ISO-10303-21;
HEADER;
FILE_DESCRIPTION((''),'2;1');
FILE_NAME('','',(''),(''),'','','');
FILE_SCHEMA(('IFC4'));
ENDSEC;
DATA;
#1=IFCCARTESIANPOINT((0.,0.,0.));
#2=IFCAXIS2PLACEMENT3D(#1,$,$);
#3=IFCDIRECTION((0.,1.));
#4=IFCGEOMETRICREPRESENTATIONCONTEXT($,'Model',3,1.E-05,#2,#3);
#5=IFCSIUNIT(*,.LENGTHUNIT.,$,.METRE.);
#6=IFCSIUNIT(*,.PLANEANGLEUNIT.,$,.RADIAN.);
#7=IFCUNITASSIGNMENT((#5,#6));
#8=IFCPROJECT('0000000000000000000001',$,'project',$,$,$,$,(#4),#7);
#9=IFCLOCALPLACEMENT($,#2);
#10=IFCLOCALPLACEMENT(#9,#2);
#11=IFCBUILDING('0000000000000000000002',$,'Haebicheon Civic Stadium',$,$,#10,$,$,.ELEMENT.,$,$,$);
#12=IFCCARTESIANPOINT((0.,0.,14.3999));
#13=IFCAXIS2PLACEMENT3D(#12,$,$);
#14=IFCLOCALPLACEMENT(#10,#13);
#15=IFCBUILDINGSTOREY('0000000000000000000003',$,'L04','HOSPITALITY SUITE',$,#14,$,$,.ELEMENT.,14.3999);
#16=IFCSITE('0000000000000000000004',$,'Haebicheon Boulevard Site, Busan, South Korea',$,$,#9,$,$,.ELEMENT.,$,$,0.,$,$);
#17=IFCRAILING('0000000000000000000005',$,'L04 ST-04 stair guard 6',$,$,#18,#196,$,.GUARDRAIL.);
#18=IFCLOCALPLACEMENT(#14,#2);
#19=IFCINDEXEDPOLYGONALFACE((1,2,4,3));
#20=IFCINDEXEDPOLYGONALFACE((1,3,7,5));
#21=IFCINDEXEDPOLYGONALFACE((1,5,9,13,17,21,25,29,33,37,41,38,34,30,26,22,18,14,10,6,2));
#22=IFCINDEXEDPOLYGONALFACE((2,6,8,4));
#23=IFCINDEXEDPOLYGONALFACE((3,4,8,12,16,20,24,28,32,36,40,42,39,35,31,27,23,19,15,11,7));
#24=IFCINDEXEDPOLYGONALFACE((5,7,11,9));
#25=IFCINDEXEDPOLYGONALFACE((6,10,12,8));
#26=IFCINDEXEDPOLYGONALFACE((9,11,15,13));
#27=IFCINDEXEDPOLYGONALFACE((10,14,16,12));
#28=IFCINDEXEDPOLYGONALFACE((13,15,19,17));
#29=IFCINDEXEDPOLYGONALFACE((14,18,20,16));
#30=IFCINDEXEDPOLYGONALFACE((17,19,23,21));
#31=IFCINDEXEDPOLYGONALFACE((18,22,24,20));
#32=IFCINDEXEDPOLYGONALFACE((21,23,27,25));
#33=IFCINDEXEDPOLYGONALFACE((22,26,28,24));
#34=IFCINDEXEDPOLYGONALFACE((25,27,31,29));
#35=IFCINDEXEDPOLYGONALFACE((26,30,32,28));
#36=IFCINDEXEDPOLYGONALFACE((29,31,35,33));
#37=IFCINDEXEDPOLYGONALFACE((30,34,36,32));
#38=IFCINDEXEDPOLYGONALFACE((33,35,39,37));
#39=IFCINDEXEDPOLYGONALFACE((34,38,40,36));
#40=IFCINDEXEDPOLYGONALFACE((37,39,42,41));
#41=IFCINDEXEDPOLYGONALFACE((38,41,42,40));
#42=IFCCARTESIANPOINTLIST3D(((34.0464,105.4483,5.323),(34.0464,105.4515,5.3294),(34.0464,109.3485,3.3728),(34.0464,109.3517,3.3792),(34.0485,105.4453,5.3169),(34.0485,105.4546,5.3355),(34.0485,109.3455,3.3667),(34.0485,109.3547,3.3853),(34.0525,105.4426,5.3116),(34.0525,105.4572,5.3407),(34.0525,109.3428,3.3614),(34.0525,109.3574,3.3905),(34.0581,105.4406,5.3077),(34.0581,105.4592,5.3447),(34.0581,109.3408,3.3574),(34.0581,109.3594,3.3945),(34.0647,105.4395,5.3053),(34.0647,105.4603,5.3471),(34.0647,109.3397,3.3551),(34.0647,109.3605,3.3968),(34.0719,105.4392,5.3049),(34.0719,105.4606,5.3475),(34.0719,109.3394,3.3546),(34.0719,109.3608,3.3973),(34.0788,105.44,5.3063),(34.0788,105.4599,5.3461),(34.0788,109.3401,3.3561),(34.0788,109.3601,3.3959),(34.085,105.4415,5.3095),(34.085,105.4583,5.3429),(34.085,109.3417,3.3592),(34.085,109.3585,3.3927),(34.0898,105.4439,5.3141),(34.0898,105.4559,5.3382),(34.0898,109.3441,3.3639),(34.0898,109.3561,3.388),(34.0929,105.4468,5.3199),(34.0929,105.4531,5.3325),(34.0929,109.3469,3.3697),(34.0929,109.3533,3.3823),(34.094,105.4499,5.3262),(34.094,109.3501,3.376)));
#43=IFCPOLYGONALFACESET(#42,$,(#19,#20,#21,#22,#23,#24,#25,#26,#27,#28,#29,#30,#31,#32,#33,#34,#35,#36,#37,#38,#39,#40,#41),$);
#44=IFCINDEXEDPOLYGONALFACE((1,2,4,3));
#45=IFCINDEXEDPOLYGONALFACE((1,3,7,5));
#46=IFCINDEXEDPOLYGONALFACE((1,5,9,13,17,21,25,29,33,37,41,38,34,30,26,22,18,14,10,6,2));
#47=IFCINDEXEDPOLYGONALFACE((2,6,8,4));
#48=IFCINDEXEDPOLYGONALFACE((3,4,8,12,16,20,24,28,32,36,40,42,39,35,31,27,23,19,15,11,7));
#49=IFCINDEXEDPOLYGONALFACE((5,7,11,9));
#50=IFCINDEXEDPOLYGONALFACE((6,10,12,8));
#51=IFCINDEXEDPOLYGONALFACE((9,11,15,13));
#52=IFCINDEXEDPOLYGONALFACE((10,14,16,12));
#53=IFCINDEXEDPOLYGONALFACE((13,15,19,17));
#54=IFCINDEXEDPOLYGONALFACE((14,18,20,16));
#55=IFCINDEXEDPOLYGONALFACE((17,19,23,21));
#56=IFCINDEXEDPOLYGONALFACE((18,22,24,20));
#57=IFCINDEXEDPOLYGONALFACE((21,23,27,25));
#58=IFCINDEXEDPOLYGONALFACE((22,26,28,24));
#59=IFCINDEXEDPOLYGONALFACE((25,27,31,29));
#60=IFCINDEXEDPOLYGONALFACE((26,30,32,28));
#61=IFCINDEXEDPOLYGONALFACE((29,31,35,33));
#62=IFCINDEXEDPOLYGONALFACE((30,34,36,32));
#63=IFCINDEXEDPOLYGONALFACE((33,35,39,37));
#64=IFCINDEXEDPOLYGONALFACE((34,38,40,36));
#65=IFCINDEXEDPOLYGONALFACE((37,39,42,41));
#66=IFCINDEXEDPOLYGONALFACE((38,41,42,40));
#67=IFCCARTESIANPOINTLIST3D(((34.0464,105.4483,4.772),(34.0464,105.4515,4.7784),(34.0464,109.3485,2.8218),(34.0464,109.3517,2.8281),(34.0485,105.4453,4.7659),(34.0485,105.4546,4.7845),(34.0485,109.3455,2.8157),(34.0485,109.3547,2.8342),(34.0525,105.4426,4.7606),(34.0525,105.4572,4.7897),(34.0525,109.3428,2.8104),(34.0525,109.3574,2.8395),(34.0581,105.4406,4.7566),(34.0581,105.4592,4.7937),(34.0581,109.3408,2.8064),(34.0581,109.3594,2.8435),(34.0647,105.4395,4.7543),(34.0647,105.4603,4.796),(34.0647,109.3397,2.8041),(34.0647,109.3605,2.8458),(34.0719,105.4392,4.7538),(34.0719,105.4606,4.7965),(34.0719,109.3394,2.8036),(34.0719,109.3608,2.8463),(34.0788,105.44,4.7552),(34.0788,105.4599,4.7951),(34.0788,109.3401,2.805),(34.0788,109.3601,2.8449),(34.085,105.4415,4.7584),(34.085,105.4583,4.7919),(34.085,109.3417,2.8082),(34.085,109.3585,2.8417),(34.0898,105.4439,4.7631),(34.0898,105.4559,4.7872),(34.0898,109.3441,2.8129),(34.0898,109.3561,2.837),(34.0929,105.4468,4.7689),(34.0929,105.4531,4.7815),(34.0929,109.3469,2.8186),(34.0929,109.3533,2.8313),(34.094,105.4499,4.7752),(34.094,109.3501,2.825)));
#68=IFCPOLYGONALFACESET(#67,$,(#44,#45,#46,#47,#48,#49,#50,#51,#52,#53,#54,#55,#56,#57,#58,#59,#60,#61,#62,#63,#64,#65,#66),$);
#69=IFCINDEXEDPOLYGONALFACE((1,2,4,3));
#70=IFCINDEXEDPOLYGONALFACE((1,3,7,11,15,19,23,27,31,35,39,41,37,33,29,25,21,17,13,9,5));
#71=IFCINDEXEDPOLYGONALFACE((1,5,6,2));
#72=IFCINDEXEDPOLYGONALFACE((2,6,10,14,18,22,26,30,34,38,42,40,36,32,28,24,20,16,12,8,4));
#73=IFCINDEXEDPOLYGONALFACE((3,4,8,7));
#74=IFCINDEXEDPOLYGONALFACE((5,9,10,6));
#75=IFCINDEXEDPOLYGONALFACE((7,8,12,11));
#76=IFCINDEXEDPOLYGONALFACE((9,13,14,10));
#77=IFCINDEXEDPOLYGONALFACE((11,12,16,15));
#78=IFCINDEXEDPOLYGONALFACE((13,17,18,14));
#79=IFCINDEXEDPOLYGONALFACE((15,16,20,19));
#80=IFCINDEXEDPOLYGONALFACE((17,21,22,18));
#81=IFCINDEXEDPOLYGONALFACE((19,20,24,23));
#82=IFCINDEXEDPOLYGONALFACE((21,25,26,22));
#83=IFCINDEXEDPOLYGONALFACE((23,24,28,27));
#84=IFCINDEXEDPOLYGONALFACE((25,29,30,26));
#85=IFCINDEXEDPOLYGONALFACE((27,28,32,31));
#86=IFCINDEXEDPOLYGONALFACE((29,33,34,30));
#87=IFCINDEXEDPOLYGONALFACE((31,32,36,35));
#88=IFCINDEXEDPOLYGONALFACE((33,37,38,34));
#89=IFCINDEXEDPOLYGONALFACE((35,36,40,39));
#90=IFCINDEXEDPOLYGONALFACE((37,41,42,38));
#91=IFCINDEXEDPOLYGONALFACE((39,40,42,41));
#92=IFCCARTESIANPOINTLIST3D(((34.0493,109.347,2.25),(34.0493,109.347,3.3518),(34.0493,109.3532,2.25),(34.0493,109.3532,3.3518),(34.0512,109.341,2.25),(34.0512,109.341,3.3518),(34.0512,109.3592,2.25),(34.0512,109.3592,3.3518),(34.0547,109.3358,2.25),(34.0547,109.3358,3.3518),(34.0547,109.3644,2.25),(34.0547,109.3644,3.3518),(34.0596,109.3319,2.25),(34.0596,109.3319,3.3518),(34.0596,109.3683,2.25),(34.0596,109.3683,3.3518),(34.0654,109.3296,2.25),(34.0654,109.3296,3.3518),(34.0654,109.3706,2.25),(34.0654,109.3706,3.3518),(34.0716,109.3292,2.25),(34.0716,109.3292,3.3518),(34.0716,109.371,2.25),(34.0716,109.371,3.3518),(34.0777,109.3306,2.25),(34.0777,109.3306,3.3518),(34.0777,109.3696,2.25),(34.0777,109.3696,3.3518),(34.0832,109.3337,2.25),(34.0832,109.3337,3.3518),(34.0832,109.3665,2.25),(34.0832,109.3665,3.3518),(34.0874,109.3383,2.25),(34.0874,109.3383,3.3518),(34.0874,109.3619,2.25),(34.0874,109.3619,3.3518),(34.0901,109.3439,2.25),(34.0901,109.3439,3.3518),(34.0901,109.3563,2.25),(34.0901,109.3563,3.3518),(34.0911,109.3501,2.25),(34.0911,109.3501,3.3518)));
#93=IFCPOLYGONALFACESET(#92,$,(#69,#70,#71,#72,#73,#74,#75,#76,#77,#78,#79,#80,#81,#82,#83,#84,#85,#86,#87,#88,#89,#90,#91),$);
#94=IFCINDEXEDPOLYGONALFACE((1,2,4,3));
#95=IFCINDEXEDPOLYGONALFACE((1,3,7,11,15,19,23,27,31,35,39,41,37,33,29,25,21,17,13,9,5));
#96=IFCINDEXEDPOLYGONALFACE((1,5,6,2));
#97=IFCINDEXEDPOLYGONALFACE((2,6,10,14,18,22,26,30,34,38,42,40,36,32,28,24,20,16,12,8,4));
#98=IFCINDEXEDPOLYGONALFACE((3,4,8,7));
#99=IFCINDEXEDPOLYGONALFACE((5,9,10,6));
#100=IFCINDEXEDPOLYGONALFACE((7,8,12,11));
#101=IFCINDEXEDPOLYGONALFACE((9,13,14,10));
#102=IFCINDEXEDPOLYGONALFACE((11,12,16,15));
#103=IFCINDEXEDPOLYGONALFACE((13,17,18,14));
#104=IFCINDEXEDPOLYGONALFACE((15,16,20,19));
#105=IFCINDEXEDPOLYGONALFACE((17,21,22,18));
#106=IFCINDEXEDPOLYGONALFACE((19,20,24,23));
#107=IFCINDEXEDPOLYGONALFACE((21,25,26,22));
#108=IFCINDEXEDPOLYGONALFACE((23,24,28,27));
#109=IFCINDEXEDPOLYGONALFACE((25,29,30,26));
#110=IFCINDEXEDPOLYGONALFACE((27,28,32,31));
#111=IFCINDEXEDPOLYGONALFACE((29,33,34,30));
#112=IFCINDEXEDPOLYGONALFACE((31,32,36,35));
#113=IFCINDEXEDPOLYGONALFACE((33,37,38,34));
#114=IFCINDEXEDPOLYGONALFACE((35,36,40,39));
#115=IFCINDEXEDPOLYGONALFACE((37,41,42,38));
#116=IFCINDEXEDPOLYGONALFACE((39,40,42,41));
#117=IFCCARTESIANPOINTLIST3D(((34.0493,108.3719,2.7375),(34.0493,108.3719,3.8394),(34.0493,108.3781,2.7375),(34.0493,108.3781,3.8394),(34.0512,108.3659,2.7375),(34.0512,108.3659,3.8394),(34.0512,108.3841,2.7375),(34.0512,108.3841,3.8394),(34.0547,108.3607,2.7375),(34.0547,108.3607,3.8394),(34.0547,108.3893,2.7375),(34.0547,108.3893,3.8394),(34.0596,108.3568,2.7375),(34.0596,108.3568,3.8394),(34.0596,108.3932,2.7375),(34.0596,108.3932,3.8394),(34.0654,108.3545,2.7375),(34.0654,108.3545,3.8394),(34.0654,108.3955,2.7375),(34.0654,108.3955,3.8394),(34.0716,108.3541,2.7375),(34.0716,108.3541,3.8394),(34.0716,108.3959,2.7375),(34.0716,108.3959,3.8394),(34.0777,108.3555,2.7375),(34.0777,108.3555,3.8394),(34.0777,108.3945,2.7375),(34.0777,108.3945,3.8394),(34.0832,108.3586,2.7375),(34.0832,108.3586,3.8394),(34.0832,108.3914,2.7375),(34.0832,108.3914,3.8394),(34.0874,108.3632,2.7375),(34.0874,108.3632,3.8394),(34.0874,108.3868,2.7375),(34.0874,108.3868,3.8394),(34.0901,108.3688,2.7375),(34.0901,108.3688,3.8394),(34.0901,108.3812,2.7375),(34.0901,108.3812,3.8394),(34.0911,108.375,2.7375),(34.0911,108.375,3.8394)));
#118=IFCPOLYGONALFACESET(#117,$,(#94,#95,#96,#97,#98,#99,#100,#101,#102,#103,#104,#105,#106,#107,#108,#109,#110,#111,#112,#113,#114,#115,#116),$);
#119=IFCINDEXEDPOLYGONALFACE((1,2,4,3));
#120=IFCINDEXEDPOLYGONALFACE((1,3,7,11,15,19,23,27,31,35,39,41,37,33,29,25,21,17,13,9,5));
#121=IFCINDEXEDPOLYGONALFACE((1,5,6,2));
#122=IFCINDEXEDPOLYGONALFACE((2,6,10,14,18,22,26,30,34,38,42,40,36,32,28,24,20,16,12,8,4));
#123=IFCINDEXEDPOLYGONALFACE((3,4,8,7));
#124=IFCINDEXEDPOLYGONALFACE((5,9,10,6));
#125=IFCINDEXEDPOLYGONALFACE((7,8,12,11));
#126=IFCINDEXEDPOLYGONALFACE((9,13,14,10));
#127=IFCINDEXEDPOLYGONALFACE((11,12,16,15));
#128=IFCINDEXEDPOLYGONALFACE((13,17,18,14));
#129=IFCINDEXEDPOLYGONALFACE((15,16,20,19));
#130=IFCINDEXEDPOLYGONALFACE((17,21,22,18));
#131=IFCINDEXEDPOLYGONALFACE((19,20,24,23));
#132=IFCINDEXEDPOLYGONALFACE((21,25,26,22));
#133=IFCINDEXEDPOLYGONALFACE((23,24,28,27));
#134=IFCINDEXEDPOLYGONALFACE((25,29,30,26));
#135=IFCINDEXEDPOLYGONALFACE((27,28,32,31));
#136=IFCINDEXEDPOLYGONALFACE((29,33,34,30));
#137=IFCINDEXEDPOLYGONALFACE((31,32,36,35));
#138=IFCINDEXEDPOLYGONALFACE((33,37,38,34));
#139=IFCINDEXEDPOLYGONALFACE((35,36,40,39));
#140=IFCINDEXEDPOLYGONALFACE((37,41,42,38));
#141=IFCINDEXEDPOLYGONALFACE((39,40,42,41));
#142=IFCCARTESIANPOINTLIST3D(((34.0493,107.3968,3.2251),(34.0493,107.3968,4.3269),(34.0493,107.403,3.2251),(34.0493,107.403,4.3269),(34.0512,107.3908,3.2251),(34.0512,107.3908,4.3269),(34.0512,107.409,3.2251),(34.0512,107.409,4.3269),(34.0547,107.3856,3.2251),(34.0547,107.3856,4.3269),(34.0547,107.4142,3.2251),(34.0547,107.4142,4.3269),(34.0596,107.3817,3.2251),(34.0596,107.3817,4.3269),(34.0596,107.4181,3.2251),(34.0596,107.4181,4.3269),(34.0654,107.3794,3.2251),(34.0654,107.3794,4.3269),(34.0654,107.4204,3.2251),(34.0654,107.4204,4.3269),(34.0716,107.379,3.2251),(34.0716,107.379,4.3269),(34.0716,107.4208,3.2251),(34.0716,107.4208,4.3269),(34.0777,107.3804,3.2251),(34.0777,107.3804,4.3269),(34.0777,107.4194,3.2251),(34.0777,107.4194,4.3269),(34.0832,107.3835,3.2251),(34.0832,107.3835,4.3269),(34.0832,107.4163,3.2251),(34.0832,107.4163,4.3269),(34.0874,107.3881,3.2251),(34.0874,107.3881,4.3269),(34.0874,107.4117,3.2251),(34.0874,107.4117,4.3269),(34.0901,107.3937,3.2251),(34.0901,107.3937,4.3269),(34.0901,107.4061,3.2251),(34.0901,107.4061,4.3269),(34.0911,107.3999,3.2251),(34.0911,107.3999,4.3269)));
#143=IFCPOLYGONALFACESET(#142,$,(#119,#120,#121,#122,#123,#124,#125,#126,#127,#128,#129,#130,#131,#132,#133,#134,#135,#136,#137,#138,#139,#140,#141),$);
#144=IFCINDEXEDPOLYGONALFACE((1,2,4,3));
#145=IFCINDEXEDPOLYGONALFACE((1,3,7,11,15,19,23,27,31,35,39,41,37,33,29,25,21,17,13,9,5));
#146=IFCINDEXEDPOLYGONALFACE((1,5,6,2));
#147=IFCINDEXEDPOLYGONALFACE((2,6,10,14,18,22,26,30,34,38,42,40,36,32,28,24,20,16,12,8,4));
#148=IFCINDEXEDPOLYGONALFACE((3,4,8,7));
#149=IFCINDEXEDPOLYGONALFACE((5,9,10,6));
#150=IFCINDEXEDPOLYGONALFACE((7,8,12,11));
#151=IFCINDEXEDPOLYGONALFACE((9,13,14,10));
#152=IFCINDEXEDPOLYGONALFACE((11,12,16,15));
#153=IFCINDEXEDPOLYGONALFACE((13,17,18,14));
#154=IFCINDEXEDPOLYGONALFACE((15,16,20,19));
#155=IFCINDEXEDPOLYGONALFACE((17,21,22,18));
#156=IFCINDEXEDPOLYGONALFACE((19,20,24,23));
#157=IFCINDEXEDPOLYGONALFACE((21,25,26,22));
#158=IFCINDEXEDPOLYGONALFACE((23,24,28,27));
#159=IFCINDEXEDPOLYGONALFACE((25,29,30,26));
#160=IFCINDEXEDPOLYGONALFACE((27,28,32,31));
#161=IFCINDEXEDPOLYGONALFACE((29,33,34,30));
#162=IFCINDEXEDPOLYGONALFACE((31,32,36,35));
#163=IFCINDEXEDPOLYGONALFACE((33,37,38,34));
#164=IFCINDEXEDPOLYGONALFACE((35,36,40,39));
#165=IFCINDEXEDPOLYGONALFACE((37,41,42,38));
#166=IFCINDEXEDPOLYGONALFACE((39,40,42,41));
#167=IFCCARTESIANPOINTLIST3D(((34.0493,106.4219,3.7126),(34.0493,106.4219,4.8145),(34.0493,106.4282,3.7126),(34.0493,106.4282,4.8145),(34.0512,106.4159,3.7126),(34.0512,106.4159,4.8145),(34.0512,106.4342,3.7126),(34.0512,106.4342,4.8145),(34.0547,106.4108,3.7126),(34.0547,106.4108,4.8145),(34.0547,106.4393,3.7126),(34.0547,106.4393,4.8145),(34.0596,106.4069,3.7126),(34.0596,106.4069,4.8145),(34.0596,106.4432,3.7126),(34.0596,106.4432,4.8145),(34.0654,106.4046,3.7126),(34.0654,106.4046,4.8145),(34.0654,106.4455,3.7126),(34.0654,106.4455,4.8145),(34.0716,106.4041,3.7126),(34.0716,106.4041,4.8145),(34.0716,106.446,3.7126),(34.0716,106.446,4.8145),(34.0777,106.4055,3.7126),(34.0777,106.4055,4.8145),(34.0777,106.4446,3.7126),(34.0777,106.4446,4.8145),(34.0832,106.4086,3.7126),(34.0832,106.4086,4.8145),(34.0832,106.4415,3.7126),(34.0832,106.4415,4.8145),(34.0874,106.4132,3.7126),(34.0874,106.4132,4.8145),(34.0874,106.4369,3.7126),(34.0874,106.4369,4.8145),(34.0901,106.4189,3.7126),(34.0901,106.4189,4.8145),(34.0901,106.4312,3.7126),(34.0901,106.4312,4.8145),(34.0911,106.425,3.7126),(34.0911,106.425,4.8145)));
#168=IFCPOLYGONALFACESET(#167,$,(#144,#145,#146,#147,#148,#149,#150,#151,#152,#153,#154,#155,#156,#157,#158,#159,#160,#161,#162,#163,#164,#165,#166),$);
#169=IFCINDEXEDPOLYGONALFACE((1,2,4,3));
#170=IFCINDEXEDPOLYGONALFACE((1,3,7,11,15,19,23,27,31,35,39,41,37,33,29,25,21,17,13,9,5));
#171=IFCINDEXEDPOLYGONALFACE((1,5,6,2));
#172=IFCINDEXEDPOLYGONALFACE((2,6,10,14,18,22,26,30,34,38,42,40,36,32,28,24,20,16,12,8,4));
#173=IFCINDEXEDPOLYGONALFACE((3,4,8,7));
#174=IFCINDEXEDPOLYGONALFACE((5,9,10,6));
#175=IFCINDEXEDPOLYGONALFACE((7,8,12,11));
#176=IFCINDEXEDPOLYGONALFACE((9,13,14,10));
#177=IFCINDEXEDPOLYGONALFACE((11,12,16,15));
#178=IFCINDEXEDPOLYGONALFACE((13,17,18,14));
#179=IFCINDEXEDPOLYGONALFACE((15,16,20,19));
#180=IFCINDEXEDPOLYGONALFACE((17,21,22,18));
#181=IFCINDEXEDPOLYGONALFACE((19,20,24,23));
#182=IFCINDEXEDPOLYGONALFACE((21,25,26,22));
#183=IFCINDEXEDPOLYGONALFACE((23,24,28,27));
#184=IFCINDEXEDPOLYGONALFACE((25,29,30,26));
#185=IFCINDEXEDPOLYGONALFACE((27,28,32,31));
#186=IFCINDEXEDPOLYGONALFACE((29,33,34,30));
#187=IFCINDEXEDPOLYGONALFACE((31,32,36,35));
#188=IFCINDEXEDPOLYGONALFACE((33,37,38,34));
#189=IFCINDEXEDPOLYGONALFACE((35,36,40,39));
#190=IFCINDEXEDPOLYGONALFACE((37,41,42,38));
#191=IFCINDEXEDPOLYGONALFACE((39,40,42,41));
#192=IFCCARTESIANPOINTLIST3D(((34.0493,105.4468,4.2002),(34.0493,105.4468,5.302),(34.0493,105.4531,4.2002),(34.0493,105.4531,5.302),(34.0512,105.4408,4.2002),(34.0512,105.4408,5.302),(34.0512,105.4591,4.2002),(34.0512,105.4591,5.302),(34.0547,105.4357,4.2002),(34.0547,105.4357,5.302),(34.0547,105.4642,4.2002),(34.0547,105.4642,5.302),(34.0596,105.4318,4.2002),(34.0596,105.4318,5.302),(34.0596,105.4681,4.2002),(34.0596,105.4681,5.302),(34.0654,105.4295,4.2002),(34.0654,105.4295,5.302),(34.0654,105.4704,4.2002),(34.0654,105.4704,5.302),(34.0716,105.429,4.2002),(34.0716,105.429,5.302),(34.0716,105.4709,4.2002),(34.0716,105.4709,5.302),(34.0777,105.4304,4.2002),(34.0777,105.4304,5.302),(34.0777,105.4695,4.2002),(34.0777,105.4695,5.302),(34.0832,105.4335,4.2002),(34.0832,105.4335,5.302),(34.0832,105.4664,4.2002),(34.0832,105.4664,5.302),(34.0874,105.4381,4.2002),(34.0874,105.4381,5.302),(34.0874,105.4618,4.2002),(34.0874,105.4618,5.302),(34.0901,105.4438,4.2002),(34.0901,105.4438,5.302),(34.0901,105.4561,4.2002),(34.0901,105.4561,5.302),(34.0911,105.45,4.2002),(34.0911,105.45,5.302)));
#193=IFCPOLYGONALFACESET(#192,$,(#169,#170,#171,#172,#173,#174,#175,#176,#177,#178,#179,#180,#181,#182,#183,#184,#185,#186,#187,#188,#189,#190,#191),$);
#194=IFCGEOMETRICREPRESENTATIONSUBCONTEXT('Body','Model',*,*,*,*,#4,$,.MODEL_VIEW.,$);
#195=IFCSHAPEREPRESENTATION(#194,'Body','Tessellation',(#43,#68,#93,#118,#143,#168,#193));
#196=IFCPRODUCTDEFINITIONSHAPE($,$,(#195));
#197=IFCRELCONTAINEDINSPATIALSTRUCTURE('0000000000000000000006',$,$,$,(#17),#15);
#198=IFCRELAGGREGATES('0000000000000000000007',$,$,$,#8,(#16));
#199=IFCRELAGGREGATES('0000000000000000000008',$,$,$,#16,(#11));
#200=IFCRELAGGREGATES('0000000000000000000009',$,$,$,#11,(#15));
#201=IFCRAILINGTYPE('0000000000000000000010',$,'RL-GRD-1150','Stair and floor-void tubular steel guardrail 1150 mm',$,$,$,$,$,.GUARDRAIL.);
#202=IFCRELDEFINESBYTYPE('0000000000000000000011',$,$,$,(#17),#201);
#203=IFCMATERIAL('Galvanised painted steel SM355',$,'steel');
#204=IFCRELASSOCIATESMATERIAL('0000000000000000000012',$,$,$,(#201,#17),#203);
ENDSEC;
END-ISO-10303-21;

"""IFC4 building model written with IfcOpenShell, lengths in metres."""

from ifc_helpers import new_model, si_unit, direction, frame, origin, origin_2d, place, context, subcontext, project, spatial, circle, extrude, material, type_object, element, save


model = new_model("IFC4")

# Units and contexts
model_context = context("Model", 3, precision=1e-05, world=origin(), true_north=direction((0.0, 1.0)))
body_context = subcontext(model_context, "Body", "Model", "MODEL_VIEW")
ifc_project = project(units=[si_unit("LENGTHUNIT", "METRE"), si_unit("PLANEANGLEUNIT", "RADIAN")], contexts=[model_context])

# Site, building, storey
site_placement = place(None, origin())
site = spatial("IfcSite", under=ifc_project, at=site_placement, Name="Haebicheon Boulevard Site, Busan, South Korea", CompositionType="ELEMENT", RefElevation=0.0)
building_placement = place(site_placement, origin())
building = spatial("IfcBuilding", under=site, at=building_placement, Name="Haebicheon Civic Stadium", CompositionType="ELEMENT")
storey_placement = place(building_placement, frame((0.0, 0.0, 14.3999)))
storey = spatial("IfcBuildingStorey", under=building, at=storey_placement, Name="L04", Description="HOSPITALITY SUITE", CompositionType="ELEMENT", Elevation=14.3999)

# Railing
ifc_material_1 = material(Name="Galvanised painted steel SM355", Category="steel")
railing_type_1 = type_object("IfcRailingType", Name="RL-GRD-1150", Description="Stair and floor-void tubular steel guardrail 1150 mm", PredefinedType="GUARDRAIL", material=ifc_material_1)
railing_1_placement = place(storey_placement, frame((34.0701, 109.3501, 2.25)))
element("IfcRailing", 1, at=railing_1_placement, inside=storey, type_object=railing_type_1, material=ifc_material_1, Name="L04 ST-04 stair guard 6", PredefinedType="GUARDRAIL", context=body_context, shape_type="SweptSolid", body=[
    extrude(circle(Radius=0.0239, at=origin_2d()), frame((0.0, 0.0, 1.126), z_axis=(0.0, -0.894416, 0.447236), x_axis=(1.0, 0.0, 0.0)), (0.0, 0.0, 1.0), 4.3606),
    extrude(circle(Radius=0.0239, at=origin_2d()), frame((0.0, 0.0, 0.575), z_axis=(0.0, -0.894416, 0.447236), x_axis=(1.0, 0.0, 0.0)), (0.0, 0.0, 1.0), 4.3606),
    extrude(circle(Radius=0.021, at=origin_2d()), origin(), (0.0, 0.0, 1.0), 1.1018),
    extrude(circle(Radius=0.021, at=origin_2d()), frame((0.0, -0.9751, 0.4875)), (0.0, 0.0, 1.0), 1.1018),
    extrude(circle(Radius=0.021, at=origin_2d()), frame((0.0, -1.9502, 0.9751)), (0.0, 0.0, 1.0), 1.1018),
    extrude(circle(Radius=0.021, at=origin_2d()), frame((0.0, -2.925, 1.4626)), (0.0, 0.0, 1.0), 1.1018),
    extrude(circle(Radius=0.021, at=origin_2d()), frame((0.0, -3.9001, 1.9502)), (0.0, 0.0, 1.0), 1.1018),
])

save(model, "model.ifc")
